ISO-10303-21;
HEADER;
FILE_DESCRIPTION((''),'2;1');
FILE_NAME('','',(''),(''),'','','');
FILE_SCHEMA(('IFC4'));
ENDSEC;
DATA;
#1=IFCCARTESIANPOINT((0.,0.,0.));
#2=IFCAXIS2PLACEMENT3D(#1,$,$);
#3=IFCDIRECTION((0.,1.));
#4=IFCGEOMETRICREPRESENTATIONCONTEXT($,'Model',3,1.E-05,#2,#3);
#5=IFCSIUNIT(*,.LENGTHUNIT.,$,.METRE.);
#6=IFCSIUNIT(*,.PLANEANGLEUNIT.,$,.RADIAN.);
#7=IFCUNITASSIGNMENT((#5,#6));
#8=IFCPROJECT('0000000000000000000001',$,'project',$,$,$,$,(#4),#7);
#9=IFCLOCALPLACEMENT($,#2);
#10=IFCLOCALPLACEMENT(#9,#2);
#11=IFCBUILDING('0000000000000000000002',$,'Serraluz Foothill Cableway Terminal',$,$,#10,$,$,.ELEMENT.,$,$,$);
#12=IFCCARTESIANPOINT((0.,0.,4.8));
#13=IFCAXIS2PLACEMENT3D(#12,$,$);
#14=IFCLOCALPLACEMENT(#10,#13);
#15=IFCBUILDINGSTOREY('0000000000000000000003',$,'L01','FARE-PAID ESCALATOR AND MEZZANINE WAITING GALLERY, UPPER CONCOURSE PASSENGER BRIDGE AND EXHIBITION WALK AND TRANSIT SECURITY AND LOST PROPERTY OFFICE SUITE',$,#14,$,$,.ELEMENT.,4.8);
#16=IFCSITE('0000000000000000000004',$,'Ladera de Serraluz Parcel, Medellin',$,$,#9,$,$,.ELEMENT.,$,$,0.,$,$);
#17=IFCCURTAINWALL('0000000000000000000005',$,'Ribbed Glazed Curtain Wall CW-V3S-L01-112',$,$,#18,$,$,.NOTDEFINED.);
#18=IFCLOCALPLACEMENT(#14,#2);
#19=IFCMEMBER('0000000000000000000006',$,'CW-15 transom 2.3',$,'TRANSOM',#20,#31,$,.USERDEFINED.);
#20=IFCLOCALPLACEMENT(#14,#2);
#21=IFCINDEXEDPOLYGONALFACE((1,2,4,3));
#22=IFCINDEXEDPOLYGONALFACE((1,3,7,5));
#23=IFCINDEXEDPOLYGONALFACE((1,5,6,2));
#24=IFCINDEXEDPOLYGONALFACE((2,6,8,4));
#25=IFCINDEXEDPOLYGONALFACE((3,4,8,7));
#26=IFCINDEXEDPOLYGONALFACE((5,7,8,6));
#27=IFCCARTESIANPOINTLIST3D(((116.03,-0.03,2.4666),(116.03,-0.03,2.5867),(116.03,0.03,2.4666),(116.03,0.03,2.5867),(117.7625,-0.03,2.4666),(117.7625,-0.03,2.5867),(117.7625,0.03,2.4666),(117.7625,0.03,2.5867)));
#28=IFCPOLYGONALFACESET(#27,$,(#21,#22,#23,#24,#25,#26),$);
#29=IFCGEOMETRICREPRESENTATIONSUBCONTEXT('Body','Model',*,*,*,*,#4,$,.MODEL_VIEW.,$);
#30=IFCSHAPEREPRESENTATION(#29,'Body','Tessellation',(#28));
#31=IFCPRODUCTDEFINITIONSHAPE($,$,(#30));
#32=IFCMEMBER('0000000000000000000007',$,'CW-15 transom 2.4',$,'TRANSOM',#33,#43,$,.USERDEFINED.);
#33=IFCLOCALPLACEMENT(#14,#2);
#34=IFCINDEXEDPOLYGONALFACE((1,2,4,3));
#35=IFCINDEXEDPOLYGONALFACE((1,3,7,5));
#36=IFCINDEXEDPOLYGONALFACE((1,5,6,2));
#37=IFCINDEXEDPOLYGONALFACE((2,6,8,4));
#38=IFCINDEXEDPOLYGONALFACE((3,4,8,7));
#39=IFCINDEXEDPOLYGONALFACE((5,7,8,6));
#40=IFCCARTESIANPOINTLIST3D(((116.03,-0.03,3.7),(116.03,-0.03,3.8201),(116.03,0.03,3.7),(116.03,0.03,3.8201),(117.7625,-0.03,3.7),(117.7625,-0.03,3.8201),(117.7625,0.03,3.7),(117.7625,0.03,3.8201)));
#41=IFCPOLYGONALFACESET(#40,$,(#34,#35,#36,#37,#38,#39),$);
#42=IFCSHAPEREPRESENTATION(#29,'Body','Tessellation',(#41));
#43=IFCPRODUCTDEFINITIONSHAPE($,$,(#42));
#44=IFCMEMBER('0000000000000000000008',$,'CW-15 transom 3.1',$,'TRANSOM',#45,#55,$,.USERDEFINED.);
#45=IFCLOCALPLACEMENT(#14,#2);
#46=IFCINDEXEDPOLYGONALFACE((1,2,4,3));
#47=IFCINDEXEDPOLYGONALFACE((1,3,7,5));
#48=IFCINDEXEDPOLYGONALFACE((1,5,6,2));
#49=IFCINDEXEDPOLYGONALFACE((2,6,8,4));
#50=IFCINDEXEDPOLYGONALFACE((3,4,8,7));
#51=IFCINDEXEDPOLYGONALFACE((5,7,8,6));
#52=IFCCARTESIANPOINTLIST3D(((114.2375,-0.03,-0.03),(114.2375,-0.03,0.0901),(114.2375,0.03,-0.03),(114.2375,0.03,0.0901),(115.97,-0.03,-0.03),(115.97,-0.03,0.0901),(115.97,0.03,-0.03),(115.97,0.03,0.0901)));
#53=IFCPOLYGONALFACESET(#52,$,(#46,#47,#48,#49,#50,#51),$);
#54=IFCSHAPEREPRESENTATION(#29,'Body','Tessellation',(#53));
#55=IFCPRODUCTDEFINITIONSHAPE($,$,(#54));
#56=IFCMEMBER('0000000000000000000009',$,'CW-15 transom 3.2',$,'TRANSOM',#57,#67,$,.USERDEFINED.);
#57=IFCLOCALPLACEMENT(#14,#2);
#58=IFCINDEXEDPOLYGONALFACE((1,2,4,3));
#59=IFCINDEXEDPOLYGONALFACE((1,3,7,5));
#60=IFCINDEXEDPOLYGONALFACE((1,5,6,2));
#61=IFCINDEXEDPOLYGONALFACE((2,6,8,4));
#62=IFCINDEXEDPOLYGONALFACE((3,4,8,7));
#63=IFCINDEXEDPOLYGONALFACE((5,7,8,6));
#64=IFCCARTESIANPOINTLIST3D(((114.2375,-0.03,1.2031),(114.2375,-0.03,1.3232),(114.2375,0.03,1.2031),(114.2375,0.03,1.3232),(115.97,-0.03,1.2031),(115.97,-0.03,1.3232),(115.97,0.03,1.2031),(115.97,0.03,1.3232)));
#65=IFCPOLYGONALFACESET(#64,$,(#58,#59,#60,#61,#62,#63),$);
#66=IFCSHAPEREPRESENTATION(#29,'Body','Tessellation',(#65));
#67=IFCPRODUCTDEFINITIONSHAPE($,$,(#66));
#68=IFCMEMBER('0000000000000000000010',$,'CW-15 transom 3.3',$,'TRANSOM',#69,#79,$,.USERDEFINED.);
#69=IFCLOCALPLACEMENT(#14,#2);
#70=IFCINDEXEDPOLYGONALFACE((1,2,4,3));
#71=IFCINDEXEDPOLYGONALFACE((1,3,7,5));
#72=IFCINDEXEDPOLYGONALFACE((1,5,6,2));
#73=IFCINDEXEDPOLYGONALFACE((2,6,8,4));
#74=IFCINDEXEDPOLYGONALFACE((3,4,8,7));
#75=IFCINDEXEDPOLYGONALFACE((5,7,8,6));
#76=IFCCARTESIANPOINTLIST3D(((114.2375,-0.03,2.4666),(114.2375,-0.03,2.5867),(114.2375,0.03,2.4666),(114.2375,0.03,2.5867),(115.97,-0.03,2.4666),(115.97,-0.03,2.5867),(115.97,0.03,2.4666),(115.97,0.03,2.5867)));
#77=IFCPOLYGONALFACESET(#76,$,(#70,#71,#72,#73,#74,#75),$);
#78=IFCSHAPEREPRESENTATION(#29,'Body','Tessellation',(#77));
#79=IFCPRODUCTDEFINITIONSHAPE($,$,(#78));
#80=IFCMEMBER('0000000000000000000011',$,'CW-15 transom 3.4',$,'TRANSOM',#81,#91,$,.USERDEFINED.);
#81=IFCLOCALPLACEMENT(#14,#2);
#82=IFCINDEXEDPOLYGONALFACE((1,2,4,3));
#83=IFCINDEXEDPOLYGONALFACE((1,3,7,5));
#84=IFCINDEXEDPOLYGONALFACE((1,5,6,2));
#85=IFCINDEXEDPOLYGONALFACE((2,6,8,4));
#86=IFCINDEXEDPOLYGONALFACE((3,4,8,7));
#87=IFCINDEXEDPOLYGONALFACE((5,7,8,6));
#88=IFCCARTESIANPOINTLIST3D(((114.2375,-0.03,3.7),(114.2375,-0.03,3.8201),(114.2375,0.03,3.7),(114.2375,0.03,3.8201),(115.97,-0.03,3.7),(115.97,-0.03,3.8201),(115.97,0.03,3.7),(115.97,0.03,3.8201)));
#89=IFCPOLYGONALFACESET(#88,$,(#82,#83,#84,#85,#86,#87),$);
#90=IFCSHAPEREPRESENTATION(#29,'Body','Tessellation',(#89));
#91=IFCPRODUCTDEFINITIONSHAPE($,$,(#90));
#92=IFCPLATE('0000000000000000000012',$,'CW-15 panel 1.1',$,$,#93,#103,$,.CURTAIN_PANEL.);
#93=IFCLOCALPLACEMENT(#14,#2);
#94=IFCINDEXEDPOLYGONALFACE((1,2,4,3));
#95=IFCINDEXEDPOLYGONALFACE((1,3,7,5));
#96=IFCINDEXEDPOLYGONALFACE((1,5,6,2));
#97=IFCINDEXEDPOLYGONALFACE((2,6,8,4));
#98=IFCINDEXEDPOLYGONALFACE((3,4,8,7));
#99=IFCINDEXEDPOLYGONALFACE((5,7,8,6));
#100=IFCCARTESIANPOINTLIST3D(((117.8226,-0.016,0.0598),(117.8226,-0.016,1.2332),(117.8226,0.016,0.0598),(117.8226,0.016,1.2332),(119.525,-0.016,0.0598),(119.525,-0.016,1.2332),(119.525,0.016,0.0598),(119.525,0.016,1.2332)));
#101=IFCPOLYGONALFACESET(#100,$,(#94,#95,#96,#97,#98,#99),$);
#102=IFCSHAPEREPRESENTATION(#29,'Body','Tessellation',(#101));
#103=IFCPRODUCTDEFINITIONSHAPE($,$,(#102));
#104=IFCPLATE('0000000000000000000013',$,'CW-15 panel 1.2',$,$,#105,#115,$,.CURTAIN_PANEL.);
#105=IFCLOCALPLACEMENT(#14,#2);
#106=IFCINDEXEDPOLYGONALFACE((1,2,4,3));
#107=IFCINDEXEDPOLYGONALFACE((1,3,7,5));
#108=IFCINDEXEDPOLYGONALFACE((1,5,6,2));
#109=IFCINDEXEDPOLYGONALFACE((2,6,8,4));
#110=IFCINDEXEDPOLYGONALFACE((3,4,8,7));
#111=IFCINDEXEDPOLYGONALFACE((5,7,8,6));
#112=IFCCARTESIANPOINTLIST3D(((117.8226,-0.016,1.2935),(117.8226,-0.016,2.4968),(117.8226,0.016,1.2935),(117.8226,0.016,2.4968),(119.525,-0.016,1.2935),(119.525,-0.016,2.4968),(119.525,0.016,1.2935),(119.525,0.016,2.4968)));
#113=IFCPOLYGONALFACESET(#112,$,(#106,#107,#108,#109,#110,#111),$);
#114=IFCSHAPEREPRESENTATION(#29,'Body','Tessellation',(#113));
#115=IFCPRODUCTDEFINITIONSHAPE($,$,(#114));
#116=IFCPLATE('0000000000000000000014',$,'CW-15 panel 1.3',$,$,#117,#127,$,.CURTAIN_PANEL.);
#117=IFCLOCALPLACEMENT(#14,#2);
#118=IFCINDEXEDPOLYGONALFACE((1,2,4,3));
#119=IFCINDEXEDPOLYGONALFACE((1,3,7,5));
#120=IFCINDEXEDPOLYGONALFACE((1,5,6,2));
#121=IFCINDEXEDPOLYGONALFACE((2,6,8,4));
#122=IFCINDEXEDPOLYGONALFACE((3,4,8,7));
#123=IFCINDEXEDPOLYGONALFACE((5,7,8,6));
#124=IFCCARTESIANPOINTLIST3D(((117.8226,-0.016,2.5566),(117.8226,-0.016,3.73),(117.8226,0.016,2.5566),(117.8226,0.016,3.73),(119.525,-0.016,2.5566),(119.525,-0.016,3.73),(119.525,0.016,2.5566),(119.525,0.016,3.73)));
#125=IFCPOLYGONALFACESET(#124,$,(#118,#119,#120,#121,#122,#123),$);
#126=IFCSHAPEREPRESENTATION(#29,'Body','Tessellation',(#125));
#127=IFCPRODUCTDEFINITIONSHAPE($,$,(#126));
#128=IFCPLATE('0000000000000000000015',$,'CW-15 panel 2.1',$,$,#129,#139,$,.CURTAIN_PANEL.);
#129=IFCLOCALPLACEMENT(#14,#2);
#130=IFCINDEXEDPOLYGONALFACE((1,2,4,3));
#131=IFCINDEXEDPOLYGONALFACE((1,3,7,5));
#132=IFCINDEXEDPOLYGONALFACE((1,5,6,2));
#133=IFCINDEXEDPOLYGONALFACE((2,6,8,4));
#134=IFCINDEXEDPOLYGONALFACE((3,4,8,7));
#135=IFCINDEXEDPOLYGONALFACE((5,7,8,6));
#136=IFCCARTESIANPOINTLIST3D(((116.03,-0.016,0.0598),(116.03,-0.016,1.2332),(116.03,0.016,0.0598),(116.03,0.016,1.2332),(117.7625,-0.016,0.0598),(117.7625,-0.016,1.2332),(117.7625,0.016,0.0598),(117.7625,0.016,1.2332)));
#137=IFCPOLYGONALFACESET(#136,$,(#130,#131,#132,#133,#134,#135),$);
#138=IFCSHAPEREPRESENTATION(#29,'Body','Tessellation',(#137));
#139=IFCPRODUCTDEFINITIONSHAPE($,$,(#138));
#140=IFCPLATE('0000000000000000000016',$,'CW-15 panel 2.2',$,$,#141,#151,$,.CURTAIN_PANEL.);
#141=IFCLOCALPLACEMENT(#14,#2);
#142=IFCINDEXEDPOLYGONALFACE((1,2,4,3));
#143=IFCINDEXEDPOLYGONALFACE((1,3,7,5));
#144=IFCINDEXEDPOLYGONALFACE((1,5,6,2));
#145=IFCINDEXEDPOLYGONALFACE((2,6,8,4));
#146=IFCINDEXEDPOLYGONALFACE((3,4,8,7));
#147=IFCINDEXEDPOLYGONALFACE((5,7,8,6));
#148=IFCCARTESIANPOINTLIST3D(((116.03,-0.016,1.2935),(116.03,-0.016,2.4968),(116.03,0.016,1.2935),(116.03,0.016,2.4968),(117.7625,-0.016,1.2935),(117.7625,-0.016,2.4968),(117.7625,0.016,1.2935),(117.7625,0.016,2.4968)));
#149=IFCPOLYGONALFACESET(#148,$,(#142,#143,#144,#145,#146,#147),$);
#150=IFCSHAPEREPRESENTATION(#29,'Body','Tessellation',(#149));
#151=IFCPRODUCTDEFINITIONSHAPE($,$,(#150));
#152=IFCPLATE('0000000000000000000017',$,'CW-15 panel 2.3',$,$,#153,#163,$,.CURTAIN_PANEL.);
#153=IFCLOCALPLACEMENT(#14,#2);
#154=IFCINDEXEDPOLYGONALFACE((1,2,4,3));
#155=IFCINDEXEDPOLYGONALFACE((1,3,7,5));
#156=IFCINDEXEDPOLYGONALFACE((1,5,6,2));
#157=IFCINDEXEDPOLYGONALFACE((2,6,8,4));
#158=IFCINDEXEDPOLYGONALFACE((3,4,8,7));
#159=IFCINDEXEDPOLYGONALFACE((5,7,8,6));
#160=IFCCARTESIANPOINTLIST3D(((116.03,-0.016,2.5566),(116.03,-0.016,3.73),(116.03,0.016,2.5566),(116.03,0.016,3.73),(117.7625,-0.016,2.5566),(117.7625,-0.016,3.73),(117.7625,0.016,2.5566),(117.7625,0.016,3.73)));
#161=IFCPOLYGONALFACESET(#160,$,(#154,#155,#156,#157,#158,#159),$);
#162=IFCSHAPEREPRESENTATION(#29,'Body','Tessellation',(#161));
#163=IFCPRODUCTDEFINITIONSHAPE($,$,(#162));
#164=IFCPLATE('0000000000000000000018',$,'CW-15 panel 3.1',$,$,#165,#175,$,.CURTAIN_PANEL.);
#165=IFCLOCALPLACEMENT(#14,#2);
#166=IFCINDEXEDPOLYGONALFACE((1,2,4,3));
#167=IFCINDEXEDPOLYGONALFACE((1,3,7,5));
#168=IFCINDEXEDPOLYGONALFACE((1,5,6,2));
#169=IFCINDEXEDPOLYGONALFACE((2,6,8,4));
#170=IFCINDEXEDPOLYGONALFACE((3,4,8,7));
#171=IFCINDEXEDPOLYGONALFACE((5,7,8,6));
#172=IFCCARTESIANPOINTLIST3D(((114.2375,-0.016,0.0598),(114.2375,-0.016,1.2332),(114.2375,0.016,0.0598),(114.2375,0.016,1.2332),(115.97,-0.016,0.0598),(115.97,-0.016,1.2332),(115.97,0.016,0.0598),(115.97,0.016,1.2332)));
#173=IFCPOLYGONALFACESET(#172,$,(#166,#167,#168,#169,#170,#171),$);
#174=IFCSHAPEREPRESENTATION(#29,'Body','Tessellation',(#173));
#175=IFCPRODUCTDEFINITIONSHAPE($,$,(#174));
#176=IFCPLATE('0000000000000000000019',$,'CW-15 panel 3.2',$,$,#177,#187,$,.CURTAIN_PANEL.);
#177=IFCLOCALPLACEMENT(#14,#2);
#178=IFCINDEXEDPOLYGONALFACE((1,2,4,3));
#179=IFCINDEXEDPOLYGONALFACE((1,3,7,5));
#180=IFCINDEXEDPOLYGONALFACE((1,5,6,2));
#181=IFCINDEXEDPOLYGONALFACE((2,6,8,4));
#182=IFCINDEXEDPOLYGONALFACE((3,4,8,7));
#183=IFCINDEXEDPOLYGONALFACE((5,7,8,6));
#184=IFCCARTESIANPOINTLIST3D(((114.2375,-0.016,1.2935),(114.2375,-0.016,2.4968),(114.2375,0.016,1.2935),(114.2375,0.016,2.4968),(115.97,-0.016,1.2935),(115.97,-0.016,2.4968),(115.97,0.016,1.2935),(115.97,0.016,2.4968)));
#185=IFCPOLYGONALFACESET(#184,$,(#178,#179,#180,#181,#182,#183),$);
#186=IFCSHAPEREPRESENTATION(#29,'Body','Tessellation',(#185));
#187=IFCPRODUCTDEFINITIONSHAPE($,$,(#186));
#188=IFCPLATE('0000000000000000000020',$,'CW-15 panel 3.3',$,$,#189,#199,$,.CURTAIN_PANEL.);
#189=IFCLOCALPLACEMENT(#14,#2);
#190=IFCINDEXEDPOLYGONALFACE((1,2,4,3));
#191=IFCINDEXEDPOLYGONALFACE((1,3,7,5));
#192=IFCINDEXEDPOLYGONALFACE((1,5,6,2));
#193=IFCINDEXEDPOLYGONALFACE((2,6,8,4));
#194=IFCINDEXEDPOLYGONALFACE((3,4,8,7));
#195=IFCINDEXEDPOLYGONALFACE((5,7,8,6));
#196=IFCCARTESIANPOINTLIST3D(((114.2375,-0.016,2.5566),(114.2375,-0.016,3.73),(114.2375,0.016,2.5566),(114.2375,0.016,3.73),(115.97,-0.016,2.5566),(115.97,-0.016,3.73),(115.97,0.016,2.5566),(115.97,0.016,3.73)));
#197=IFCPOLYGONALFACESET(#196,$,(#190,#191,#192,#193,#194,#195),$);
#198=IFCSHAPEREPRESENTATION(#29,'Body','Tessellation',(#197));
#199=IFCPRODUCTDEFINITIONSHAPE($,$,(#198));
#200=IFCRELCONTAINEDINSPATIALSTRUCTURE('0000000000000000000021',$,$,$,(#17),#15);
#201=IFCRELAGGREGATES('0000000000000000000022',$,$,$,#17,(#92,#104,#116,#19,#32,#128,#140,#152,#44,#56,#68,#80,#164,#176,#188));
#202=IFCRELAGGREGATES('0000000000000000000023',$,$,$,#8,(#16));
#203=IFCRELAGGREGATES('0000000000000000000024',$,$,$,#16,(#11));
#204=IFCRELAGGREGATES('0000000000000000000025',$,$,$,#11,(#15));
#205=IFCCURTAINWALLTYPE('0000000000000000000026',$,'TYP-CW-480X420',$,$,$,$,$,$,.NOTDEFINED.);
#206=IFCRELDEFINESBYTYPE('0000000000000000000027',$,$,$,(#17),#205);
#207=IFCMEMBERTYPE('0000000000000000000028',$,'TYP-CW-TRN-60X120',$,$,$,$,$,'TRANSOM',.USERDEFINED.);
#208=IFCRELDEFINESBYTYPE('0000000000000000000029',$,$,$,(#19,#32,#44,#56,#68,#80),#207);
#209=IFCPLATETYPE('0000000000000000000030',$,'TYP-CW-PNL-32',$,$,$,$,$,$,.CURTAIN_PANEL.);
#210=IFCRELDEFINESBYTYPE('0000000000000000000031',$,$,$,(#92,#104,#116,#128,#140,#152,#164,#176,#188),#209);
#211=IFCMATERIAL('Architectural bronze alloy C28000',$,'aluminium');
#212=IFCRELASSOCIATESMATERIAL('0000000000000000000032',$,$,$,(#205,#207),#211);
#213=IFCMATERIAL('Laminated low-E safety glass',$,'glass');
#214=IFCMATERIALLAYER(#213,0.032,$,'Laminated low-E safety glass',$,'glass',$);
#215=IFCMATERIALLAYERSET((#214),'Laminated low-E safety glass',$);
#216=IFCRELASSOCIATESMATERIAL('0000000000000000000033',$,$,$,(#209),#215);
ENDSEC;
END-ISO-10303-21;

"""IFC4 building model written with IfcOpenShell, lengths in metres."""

from ifc_helpers import new_model, si_unit, direction, frame, origin, origin_2d, place, context, subcontext, project, spatial, rectangle, extrude, material, layer, layer_set, material_profile, profile_set, type_object, element, aggregate, save


model = new_model("IFC4")

# Units and contexts
model_context = context("Model", 3, precision=1e-05, world=origin(), true_north=direction((0.0, 1.0)))
body_context = subcontext(model_context, "Body", "Model", "MODEL_VIEW")
ifc_project = project(units=[si_unit("LENGTHUNIT", "METRE"), si_unit("PLANEANGLEUNIT", "RADIAN")], contexts=[model_context])

# Site, building, storey
site_placement = place(None, origin())
site = spatial("IfcSite", under=ifc_project, at=site_placement, Name="Ladera de Serraluz Parcel, Medellin", CompositionType="ELEMENT", RefElevation=0.0)
building_placement = place(site_placement, origin())
building = spatial("IfcBuilding", under=site, at=building_placement, Name="Serraluz Foothill Cableway Terminal", CompositionType="ELEMENT")
storey_placement = place(building_placement, frame((0.0, 0.0, 4.8)))
storey = spatial("IfcBuildingStorey", under=building, at=storey_placement, Name="L01", Description="FARE-PAID ESCALATOR AND MEZZANINE WAITING GALLERY, UPPER CONCOURSE PASSENGER BRIDGE AND EXHIBITION WALK AND TRANSIT SECURITY AND LOST PROPERTY OFFICE SUITE", CompositionType="ELEMENT", Elevation=4.8)

# Curtain wall, members, plates
ifc_material_1 = material(Name="Architectural bronze alloy C28000", Category="aluminium")
curtain_wall_type = type_object("IfcCurtainWallType", Name="TYP-CW-480X420", PredefinedType="NOTDEFINED", material=ifc_material_1)
curtain_wall_placement = place(storey_placement, origin())
curtain_wall = element("IfcCurtainWall", 1, at=curtain_wall_placement, inside=storey, type_object=curtain_wall_type, Name="Ribbed Glazed Curtain Wall CW-V3S-L01-112", PredefinedType="NOTDEFINED")
ifc_material_profile_1 = material_profile(ifc_material_1, rectangle(XDim=0.0601, YDim=0.1201, at=origin_2d()), Name="ALU TRANSOM 60x120")
ifc_profile_set_1 = profile_set([ifc_material_profile_1], Name="Architectural bronze alloy C28000")
member_type_1 = type_object("IfcMemberType", Name="TYP-CW-TRN-60X120", ElementType="TRANSOM", PredefinedType="USERDEFINED", material=ifc_profile_set_1)
member_1_placement = place(storey_placement, frame((117.7625, 0.0, 2.5266), z_axis=(-1.0, 0.0, 0.0), x_axis=(0.0, -1.0, 0.0)))
member_1 = element("IfcMember", 2, at=member_1_placement, type_object=member_type_1, Name="CW-15 transom 2.3", ObjectType="TRANSOM", PredefinedType="USERDEFINED", context=body_context, shape_type="SweptSolid", body=[
    extrude(rectangle(XDim=0.0601, YDim=0.1201, at=origin_2d()), origin(), (0.0, 0.0, 1.0), 1.7324),
])
member_2_placement = place(storey_placement, frame((117.7625, 0.0, 3.76), z_axis=(-1.0, 0.0, 0.0), x_axis=(0.0, -1.0, 0.0)))
member_2 = element("IfcMember", 3, at=member_2_placement, type_object=member_type_1, Name="CW-15 transom 2.4", ObjectType="TRANSOM", PredefinedType="USERDEFINED", context=body_context, shape_type="SweptSolid", body=[
    extrude(rectangle(XDim=0.0601, YDim=0.1201, at=origin_2d()), origin(), (0.0, 0.0, 1.0), 1.7324),
])
member_3_placement = place(storey_placement, frame((115.97, 0.0, 0.03), z_axis=(-1.0, 0.0, 0.0), x_axis=(0.0, -1.0, 0.0)))
member_3 = element("IfcMember", 4, at=member_3_placement, type_object=member_type_1, Name="CW-15 transom 3.1", ObjectType="TRANSOM", PredefinedType="USERDEFINED", context=body_context, shape_type="SweptSolid", body=[
    extrude(rectangle(XDim=0.0601, YDim=0.1201, at=origin_2d()), origin(), (0.0, 0.0, 1.0), 1.7324),
])
member_4_placement = place(storey_placement, frame((115.97, 0.0, 1.2632), z_axis=(-1.0, 0.0, 0.0), x_axis=(0.0, -1.0, 0.0)))
member_4 = element("IfcMember", 5, at=member_4_placement, type_object=member_type_1, Name="CW-15 transom 3.2", ObjectType="TRANSOM", PredefinedType="USERDEFINED", context=body_context, shape_type="SweptSolid", body=[
    extrude(rectangle(XDim=0.0601, YDim=0.1201, at=origin_2d()), origin(), (0.0, 0.0, 1.0), 1.7324),
])
member_5_placement = place(storey_placement, frame((115.97, 0.0, 2.5266), z_axis=(-1.0, 0.0, 0.0), x_axis=(0.0, -1.0, 0.0)))
member_5 = element("IfcMember", 6, at=member_5_placement, type_object=member_type_1, Name="CW-15 transom 3.3", ObjectType="TRANSOM", PredefinedType="USERDEFINED", context=body_context, shape_type="SweptSolid", body=[
    extrude(rectangle(XDim=0.0601, YDim=0.1201, at=origin_2d()), origin(), (0.0, 0.0, 1.0), 1.7324),
])
member_6_placement = place(storey_placement, frame((115.97, 0.0, 3.76), z_axis=(-1.0, 0.0, 0.0), x_axis=(0.0, -1.0, 0.0)))
member_6 = element("IfcMember", 7, at=member_6_placement, type_object=member_type_1, Name="CW-15 transom 3.4", ObjectType="TRANSOM", PredefinedType="USERDEFINED", context=body_context, shape_type="SweptSolid", body=[
    extrude(rectangle(XDim=0.0601, YDim=0.1201, at=origin_2d()), origin(), (0.0, 0.0, 1.0), 1.7324),
])
ifc_material_2 = material(Name="Laminated low-E safety glass", Category="glass")
ifc_layer = layer(ifc_material_2, 0.032, Name="Laminated low-E safety glass", Category="glass")
ifc_layer_set = layer_set([ifc_layer], Name="Laminated low-E safety glass")
plate_type = type_object("IfcPlateType", Name="TYP-CW-PNL-32", PredefinedType="CURTAIN_PANEL", material=ifc_layer_set)
plate_1_placement = place(storey_placement, frame((118.6738, 0.0, 0.0598), z_axis=(0.0, 0.0, 1.0), x_axis=(-1.0, 0.0, 0.0)))
plate_1 = element("IfcPlate", 8, at=plate_1_placement, type_object=plate_type, Name="CW-15 panel 1.1", PredefinedType="CURTAIN_PANEL", context=body_context, shape_type="SweptSolid", body=[
    extrude(rectangle(XDim=1.7024, YDim=0.032, at=origin_2d()), origin(), (0.0, 0.0, 1.0), 1.1733),
])
plate_2_placement = place(storey_placement, frame((118.6738, 0.0, 1.2935), z_axis=(0.0, 0.0, 1.0), x_axis=(-1.0, 0.0, 0.0)))
plate_2 = element("IfcPlate", 9, at=plate_2_placement, type_object=plate_type, Name="CW-15 panel 1.2", PredefinedType="CURTAIN_PANEL", context=body_context, shape_type="SweptSolid", body=[
    extrude(rectangle(XDim=1.7024, YDim=0.032, at=origin_2d()), origin(), (0.0, 0.0, 1.0), 1.2034),
])
plate_3_placement = place(storey_placement, frame((118.6738, 0.0, 2.5566), z_axis=(0.0, 0.0, 1.0), x_axis=(-1.0, 0.0, 0.0)))
plate_3 = element("IfcPlate", 10, at=plate_3_placement, type_object=plate_type, Name="CW-15 panel 1.3", PredefinedType="CURTAIN_PANEL", context=body_context, shape_type="SweptSolid", body=[
    extrude(rectangle(XDim=1.7024, YDim=0.032, at=origin_2d()), origin(), (0.0, 0.0, 1.0), 1.1733),
])
plate_4_placement = place(storey_placement, frame((116.8962, 0.0, 0.0598), z_axis=(0.0, 0.0, 1.0), x_axis=(-1.0, 0.0, 0.0)))
plate_4 = element("IfcPlate", 11, at=plate_4_placement, type_object=plate_type, Name="CW-15 panel 2.1", PredefinedType="CURTAIN_PANEL", context=body_context, shape_type="SweptSolid", body=[
    extrude(rectangle(XDim=1.7324, YDim=0.032, at=origin_2d()), origin(), (0.0, 0.0, 1.0), 1.1733),
])
plate_5_placement = place(storey_placement, frame((116.8962, 0.0, 1.2935), z_axis=(0.0, 0.0, 1.0), x_axis=(-1.0, 0.0, 0.0)))
plate_5 = element("IfcPlate", 12, at=plate_5_placement, type_object=plate_type, Name="CW-15 panel 2.2", PredefinedType="CURTAIN_PANEL", context=body_context, shape_type="SweptSolid", body=[
    extrude(rectangle(XDim=1.7324, YDim=0.032, at=origin_2d()), origin(), (0.0, 0.0, 1.0), 1.2034),
])
plate_6_placement = place(storey_placement, frame((116.8962, 0.0, 2.5566), z_axis=(0.0, 0.0, 1.0), x_axis=(-1.0, 0.0, 0.0)))
plate_6 = element("IfcPlate", 13, at=plate_6_placement, type_object=plate_type, Name="CW-15 panel 2.3", PredefinedType="CURTAIN_PANEL", context=body_context, shape_type="SweptSolid", body=[
    extrude(rectangle(XDim=1.7324, YDim=0.032, at=origin_2d()), origin(), (0.0, 0.0, 1.0), 1.1733),
])
plate_7_placement = place(storey_placement, frame((115.1038, 0.0, 0.0598), z_axis=(0.0, 0.0, 1.0), x_axis=(-1.0, 0.0, 0.0)))
plate_7 = element("IfcPlate", 14, at=plate_7_placement, type_object=plate_type, Name="CW-15 panel 3.1", PredefinedType="CURTAIN_PANEL", context=body_context, shape_type="SweptSolid", body=[
    extrude(rectangle(XDim=1.7324, YDim=0.032, at=origin_2d()), origin(), (0.0, 0.0, 1.0), 1.1733),
])
plate_8_placement = place(storey_placement, frame((115.1038, 0.0, 1.2935), z_axis=(0.0, 0.0, 1.0), x_axis=(-1.0, 0.0, 0.0)))
plate_8 = element("IfcPlate", 15, at=plate_8_placement, type_object=plate_type, Name="CW-15 panel 3.2", PredefinedType="CURTAIN_PANEL", context=body_context, shape_type="SweptSolid", body=[
    extrude(rectangle(XDim=1.7324, YDim=0.032, at=origin_2d()), origin(), (0.0, 0.0, 1.0), 1.2034),
])
plate_9_placement = place(storey_placement, frame((115.1038, 0.0, 2.5566), z_axis=(0.0, 0.0, 1.0), x_axis=(-1.0, 0.0, 0.0)))
plate_9 = element("IfcPlate", 16, at=plate_9_placement, type_object=plate_type, Name="CW-15 panel 3.3", PredefinedType="CURTAIN_PANEL", context=body_context, shape_type="SweptSolid", body=[
    extrude(rectangle(XDim=1.7324, YDim=0.032, at=origin_2d()), origin(), (0.0, 0.0, 1.0), 1.1733),
])
aggregate(curtain_wall, [plate_1, plate_2, plate_3, member_1, member_2, plate_4, plate_5, plate_6, member_3, member_4, member_5, member_6, plate_7, plate_8, plate_9])

save(model, "model.ifc")
